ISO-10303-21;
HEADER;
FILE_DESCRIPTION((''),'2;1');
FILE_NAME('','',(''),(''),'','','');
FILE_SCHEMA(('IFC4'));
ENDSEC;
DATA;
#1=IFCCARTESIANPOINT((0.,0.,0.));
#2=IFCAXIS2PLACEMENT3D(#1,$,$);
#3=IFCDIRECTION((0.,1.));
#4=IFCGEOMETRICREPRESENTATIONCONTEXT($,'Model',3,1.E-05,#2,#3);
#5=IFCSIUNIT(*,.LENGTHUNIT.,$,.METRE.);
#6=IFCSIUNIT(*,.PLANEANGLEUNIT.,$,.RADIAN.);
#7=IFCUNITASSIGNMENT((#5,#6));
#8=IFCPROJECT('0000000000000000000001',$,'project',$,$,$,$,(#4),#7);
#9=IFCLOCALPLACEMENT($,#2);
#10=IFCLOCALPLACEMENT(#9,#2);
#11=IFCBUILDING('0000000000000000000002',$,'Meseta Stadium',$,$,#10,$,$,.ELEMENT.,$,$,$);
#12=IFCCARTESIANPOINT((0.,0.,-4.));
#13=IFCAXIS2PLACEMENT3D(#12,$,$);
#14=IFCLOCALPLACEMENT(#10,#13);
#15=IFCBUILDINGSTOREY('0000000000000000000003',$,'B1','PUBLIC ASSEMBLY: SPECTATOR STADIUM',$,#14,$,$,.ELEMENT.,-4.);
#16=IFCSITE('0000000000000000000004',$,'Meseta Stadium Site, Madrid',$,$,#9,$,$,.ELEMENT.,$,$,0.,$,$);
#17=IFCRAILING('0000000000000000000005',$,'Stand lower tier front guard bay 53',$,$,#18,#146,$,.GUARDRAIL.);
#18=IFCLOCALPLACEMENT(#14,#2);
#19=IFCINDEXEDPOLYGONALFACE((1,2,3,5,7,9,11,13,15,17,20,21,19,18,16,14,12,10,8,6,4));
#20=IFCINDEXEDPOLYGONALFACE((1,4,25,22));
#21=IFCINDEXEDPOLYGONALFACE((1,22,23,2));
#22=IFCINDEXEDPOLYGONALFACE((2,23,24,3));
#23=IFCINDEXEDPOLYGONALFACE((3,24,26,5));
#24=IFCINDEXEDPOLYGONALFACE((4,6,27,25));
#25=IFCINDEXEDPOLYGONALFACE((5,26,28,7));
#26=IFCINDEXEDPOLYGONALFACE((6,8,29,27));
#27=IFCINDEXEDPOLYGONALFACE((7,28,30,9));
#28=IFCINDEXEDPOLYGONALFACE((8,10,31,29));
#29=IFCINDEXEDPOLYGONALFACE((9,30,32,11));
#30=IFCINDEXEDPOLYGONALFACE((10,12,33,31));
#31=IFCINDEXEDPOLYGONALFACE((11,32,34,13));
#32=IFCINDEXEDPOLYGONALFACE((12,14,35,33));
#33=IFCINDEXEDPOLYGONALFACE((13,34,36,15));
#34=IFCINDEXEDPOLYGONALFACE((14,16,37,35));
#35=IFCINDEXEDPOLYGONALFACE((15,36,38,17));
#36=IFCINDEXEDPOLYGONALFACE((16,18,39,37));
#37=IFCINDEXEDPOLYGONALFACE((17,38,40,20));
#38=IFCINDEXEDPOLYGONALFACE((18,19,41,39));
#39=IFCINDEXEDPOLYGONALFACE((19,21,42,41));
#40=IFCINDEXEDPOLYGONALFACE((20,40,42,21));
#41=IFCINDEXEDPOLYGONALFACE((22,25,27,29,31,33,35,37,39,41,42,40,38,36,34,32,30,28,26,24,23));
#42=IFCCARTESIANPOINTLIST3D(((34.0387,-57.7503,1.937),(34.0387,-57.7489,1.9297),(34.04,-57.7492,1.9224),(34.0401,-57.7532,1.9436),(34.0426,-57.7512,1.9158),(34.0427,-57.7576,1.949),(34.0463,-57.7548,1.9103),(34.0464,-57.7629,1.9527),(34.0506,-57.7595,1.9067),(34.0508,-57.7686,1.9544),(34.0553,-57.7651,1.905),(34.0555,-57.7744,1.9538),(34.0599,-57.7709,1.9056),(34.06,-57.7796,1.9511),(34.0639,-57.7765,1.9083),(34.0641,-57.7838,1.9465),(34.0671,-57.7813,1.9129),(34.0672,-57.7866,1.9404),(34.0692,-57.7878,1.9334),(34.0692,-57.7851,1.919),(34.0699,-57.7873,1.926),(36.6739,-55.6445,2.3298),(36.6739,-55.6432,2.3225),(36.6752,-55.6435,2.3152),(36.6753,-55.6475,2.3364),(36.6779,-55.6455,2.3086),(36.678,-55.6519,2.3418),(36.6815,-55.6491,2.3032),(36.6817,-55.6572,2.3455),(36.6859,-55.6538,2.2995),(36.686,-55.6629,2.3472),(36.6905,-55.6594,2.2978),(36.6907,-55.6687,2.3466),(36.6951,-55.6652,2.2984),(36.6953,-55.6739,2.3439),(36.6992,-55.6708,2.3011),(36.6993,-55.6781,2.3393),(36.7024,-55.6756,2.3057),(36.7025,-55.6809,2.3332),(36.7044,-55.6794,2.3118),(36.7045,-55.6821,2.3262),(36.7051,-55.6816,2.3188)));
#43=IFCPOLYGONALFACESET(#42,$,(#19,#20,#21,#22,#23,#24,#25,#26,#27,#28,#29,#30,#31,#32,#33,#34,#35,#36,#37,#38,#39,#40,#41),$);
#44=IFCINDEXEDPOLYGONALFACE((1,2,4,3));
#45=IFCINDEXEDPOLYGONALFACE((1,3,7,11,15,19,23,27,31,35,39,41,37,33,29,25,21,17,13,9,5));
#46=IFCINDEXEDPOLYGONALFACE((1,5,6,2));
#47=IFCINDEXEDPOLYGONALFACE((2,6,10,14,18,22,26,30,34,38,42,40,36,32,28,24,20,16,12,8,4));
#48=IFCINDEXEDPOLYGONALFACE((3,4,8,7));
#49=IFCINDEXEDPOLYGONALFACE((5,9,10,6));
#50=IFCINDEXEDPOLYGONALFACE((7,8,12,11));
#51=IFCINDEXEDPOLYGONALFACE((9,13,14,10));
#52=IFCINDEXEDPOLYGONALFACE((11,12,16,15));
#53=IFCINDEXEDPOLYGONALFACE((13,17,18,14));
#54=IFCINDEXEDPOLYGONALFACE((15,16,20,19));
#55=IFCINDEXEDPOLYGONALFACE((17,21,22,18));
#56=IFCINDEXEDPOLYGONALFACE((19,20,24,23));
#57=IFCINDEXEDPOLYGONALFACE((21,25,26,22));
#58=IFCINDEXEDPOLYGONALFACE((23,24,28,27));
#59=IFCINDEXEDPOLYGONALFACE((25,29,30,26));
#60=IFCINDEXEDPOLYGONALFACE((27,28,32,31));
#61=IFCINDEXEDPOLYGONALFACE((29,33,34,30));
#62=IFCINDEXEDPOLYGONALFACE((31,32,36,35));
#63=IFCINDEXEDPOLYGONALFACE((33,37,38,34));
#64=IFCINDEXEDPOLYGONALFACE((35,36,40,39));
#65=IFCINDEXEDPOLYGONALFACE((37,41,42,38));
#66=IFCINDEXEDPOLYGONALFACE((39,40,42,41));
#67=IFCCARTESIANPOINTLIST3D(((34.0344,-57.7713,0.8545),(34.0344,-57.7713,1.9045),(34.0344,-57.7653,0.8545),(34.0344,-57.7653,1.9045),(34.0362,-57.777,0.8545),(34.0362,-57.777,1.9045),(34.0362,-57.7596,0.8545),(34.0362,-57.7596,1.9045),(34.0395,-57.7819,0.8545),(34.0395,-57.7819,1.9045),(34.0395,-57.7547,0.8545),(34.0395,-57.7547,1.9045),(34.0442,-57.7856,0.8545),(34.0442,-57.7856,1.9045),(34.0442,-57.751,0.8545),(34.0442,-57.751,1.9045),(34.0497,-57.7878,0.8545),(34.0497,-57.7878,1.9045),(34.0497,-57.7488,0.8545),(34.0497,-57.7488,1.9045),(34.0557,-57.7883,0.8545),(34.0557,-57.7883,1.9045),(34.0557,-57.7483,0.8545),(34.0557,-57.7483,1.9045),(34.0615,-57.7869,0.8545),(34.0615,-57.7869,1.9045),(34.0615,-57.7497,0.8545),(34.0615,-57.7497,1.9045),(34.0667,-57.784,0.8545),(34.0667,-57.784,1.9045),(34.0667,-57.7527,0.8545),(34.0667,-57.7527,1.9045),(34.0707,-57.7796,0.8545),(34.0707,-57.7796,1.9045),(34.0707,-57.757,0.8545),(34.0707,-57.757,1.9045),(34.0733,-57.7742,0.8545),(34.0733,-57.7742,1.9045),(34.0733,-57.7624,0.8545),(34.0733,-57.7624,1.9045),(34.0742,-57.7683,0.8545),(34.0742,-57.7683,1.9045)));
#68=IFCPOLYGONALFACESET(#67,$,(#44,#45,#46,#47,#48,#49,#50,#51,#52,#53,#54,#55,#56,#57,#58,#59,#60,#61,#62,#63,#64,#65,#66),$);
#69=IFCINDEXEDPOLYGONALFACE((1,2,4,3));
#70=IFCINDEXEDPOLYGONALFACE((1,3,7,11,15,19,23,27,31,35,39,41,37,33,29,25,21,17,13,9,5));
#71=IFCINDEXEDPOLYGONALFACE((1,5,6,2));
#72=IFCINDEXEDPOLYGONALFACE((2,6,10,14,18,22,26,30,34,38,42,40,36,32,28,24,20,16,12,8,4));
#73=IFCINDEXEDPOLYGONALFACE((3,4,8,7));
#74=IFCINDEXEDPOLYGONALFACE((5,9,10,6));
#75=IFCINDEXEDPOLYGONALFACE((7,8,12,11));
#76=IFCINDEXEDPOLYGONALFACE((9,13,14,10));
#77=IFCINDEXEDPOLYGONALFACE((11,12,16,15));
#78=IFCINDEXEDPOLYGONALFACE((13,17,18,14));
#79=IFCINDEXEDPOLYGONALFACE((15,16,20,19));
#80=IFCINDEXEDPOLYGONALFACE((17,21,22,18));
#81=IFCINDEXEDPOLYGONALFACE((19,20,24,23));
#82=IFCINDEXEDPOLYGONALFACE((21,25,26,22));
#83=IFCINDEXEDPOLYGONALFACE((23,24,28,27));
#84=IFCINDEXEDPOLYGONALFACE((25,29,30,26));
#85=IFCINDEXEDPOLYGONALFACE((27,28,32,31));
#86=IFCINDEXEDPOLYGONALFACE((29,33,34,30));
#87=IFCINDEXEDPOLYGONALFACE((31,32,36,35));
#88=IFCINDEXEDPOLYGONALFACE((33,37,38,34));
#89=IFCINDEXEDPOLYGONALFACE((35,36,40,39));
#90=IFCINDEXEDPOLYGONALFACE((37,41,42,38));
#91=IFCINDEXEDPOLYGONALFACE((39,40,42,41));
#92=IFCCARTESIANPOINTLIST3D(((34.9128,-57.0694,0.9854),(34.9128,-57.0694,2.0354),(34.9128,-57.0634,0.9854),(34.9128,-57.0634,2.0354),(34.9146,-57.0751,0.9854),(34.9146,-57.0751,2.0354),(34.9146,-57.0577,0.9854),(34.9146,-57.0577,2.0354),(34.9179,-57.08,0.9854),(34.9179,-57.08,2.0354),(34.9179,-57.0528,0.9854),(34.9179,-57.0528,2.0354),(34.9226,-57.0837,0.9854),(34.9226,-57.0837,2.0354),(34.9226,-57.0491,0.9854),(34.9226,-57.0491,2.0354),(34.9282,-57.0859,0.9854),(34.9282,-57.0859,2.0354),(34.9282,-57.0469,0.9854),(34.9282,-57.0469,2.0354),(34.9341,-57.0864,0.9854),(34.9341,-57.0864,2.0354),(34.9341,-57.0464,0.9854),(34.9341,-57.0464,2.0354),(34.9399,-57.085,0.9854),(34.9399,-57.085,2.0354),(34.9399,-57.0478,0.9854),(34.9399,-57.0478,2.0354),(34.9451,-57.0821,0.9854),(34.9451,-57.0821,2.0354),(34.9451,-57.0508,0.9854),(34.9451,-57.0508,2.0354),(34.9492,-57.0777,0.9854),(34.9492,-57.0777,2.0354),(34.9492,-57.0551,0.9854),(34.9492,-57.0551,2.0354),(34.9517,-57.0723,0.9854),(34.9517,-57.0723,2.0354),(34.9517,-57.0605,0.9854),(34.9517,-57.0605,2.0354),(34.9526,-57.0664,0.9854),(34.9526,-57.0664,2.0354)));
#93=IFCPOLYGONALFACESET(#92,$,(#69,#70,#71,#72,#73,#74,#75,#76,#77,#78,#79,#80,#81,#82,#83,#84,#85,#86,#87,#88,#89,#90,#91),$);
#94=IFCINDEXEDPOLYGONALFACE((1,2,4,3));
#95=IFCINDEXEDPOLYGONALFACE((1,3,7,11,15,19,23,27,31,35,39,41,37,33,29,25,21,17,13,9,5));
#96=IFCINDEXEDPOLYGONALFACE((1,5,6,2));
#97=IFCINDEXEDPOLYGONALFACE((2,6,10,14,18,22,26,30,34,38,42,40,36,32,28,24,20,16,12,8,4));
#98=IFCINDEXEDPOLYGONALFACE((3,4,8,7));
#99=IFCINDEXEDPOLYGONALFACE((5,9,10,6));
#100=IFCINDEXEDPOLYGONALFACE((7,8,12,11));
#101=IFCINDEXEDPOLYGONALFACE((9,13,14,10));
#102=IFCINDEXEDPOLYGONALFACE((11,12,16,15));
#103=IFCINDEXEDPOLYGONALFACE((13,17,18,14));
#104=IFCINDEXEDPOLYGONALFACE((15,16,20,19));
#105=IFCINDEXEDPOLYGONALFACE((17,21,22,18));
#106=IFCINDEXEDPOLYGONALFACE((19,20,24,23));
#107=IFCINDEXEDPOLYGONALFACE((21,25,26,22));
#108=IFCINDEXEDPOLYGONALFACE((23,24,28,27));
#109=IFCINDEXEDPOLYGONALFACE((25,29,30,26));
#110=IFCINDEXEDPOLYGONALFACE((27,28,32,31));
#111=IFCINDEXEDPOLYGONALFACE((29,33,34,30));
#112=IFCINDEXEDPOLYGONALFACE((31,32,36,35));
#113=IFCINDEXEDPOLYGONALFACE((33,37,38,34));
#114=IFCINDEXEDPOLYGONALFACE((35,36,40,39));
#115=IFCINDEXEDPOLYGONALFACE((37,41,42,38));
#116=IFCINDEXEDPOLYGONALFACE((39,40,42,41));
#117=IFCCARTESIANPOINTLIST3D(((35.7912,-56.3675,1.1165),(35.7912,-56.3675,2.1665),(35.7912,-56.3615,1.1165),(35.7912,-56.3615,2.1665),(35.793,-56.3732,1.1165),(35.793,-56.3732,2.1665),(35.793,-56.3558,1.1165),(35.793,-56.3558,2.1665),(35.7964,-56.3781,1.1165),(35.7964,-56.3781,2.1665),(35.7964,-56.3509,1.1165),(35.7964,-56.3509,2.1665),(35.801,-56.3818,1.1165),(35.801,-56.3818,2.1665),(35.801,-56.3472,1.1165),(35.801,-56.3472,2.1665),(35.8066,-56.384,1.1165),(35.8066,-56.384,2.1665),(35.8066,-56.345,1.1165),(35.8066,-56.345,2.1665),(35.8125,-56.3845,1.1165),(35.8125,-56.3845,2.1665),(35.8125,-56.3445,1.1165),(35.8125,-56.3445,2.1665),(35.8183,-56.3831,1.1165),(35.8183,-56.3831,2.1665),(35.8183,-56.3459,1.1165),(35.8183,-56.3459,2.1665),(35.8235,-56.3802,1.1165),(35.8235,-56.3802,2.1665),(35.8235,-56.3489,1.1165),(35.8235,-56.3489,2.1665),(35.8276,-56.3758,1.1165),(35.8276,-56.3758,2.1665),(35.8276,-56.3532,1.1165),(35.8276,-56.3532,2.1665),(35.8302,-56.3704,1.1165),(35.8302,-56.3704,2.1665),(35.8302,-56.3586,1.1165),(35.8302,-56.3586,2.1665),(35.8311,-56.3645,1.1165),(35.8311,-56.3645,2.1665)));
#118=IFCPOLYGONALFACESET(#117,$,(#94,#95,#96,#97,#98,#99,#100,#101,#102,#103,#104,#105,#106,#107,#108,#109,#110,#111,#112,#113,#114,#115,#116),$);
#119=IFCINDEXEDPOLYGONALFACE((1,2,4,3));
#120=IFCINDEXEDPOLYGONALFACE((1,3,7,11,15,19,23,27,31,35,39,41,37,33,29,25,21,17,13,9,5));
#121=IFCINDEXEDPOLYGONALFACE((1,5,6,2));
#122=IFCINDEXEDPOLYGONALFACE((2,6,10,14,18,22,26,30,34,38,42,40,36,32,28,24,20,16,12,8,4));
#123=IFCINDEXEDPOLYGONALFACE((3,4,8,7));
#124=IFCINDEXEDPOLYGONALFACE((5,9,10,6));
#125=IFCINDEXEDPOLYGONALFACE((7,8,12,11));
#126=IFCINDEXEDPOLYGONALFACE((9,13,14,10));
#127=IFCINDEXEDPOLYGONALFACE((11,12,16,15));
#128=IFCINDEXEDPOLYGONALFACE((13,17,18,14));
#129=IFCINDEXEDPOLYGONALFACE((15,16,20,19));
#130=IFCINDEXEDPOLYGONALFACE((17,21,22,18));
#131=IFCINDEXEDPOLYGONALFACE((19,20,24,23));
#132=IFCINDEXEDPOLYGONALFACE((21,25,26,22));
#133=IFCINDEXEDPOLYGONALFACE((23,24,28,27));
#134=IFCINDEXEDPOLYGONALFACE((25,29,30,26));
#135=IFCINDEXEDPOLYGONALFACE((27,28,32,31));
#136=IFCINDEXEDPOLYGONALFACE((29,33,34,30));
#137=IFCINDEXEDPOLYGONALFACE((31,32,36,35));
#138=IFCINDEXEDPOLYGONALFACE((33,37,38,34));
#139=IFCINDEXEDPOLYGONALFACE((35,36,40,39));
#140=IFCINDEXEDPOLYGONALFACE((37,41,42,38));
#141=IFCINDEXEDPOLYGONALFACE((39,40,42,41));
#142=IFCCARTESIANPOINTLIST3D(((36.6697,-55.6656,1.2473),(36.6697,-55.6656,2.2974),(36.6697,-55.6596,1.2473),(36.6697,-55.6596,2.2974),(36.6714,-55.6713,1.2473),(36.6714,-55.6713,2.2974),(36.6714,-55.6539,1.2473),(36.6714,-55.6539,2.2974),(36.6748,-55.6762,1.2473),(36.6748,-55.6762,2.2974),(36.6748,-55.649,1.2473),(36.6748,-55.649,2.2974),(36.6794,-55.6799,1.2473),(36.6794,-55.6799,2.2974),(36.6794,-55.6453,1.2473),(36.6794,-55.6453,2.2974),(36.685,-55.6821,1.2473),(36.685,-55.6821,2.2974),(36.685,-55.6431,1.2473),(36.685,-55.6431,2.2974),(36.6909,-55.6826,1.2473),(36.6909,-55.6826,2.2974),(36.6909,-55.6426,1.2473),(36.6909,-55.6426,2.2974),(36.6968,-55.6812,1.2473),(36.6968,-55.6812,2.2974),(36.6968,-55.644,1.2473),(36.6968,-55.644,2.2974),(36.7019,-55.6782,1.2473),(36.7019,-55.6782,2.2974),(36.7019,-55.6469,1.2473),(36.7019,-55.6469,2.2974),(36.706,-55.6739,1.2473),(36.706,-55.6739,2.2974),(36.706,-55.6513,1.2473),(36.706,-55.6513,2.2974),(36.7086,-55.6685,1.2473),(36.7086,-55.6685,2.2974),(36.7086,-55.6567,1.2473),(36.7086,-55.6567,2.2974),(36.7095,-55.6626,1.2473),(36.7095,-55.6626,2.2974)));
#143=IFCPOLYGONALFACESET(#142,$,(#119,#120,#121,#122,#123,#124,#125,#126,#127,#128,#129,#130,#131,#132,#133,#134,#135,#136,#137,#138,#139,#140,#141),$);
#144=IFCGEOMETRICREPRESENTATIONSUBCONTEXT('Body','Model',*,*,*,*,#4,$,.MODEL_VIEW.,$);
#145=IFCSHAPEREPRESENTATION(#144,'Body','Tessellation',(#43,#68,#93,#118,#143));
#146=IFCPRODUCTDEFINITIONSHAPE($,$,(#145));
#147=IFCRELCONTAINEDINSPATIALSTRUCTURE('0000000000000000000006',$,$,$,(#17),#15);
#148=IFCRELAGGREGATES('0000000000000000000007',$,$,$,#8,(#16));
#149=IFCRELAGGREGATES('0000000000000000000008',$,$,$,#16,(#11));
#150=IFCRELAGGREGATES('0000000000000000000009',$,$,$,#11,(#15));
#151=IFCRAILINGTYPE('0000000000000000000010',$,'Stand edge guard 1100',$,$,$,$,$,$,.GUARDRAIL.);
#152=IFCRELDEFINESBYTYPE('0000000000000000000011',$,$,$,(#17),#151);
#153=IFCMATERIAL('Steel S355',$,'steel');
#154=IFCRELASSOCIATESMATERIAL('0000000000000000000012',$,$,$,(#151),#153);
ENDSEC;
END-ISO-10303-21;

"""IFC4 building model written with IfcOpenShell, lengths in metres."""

from ifc_helpers import new_model, si_unit, direction, frame, origin, origin_2d, place, context, subcontext, project, spatial, circle, extrude, material, type_object, element, save


model = new_model("IFC4")

# Units and contexts
model_context = context("Model", 3, precision=1e-05, world=origin(), true_north=direction((0.0, 1.0)))
body_context = subcontext(model_context, "Body", "Model", "MODEL_VIEW")
ifc_project = project(units=[si_unit("LENGTHUNIT", "METRE"), si_unit("PLANEANGLEUNIT", "RADIAN")], contexts=[model_context])

# Site, building, storey
site_placement = place(None, origin())
site = spatial("IfcSite", under=ifc_project, at=site_placement, Name="Meseta Stadium Site, Madrid", CompositionType="ELEMENT", RefElevation=0.0)
building_placement = place(site_placement, origin())
building = spatial("IfcBuilding", under=site, at=building_placement, Name="Meseta Stadium", CompositionType="ELEMENT")
storey_placement = place(building_placement, frame((0.0, 0.0, -4.0)))
storey = spatial("IfcBuildingStorey", under=building, at=storey_placement, Name="B1", Description="PUBLIC ASSEMBLY: SPECTATOR STADIUM", CompositionType="ELEMENT", Elevation=-4.0)

# Railing
ifc_material_1 = material(Name="Steel S355", Category="steel")
railing_type = type_object("IfcRailingType", Name="Stand edge guard 1100", PredefinedType="GUARDRAIL", material=ifc_material_1)
railing_1_placement = place(storey_placement, frame((34.0542, -57.7683, 0.8545)))
element("IfcRailing", 1, at=railing_1_placement, inside=storey, type_object=railing_type, Name="Stand lower tier front guard bay 53", PredefinedType="GUARDRAIL", context=body_context, shape_type="SweptSolid", body=[
    extrude(circle(Radius=0.0249, at=origin_2d()), frame((0.0, 0.0, 1.0752), z_axis=(0.775985, 0.620055, 0.115672), x_axis=(-0.624245, 0.781229, 0.0)), (0.0, 0.0, 1.0), 3.396),
    extrude(circle(Radius=0.02, at=origin_2d()), origin(), (0.0, 0.0, 1.0), 1.05),
    extrude(circle(Radius=0.02, at=origin_2d()), frame((0.8784, 0.7019, 0.1309)), (0.0, 0.0, 1.0), 1.05),
    extrude(circle(Radius=0.02, at=origin_2d()), frame((1.7568, 1.4038, 0.262)), (0.0, 0.0, 1.0), 1.05),
    extrude(circle(Radius=0.02, at=origin_2d()), frame((2.6353, 2.1057, 0.3928)), (0.0, 0.0, 1.0), 1.05),
])

save(model, "model.ifc")
